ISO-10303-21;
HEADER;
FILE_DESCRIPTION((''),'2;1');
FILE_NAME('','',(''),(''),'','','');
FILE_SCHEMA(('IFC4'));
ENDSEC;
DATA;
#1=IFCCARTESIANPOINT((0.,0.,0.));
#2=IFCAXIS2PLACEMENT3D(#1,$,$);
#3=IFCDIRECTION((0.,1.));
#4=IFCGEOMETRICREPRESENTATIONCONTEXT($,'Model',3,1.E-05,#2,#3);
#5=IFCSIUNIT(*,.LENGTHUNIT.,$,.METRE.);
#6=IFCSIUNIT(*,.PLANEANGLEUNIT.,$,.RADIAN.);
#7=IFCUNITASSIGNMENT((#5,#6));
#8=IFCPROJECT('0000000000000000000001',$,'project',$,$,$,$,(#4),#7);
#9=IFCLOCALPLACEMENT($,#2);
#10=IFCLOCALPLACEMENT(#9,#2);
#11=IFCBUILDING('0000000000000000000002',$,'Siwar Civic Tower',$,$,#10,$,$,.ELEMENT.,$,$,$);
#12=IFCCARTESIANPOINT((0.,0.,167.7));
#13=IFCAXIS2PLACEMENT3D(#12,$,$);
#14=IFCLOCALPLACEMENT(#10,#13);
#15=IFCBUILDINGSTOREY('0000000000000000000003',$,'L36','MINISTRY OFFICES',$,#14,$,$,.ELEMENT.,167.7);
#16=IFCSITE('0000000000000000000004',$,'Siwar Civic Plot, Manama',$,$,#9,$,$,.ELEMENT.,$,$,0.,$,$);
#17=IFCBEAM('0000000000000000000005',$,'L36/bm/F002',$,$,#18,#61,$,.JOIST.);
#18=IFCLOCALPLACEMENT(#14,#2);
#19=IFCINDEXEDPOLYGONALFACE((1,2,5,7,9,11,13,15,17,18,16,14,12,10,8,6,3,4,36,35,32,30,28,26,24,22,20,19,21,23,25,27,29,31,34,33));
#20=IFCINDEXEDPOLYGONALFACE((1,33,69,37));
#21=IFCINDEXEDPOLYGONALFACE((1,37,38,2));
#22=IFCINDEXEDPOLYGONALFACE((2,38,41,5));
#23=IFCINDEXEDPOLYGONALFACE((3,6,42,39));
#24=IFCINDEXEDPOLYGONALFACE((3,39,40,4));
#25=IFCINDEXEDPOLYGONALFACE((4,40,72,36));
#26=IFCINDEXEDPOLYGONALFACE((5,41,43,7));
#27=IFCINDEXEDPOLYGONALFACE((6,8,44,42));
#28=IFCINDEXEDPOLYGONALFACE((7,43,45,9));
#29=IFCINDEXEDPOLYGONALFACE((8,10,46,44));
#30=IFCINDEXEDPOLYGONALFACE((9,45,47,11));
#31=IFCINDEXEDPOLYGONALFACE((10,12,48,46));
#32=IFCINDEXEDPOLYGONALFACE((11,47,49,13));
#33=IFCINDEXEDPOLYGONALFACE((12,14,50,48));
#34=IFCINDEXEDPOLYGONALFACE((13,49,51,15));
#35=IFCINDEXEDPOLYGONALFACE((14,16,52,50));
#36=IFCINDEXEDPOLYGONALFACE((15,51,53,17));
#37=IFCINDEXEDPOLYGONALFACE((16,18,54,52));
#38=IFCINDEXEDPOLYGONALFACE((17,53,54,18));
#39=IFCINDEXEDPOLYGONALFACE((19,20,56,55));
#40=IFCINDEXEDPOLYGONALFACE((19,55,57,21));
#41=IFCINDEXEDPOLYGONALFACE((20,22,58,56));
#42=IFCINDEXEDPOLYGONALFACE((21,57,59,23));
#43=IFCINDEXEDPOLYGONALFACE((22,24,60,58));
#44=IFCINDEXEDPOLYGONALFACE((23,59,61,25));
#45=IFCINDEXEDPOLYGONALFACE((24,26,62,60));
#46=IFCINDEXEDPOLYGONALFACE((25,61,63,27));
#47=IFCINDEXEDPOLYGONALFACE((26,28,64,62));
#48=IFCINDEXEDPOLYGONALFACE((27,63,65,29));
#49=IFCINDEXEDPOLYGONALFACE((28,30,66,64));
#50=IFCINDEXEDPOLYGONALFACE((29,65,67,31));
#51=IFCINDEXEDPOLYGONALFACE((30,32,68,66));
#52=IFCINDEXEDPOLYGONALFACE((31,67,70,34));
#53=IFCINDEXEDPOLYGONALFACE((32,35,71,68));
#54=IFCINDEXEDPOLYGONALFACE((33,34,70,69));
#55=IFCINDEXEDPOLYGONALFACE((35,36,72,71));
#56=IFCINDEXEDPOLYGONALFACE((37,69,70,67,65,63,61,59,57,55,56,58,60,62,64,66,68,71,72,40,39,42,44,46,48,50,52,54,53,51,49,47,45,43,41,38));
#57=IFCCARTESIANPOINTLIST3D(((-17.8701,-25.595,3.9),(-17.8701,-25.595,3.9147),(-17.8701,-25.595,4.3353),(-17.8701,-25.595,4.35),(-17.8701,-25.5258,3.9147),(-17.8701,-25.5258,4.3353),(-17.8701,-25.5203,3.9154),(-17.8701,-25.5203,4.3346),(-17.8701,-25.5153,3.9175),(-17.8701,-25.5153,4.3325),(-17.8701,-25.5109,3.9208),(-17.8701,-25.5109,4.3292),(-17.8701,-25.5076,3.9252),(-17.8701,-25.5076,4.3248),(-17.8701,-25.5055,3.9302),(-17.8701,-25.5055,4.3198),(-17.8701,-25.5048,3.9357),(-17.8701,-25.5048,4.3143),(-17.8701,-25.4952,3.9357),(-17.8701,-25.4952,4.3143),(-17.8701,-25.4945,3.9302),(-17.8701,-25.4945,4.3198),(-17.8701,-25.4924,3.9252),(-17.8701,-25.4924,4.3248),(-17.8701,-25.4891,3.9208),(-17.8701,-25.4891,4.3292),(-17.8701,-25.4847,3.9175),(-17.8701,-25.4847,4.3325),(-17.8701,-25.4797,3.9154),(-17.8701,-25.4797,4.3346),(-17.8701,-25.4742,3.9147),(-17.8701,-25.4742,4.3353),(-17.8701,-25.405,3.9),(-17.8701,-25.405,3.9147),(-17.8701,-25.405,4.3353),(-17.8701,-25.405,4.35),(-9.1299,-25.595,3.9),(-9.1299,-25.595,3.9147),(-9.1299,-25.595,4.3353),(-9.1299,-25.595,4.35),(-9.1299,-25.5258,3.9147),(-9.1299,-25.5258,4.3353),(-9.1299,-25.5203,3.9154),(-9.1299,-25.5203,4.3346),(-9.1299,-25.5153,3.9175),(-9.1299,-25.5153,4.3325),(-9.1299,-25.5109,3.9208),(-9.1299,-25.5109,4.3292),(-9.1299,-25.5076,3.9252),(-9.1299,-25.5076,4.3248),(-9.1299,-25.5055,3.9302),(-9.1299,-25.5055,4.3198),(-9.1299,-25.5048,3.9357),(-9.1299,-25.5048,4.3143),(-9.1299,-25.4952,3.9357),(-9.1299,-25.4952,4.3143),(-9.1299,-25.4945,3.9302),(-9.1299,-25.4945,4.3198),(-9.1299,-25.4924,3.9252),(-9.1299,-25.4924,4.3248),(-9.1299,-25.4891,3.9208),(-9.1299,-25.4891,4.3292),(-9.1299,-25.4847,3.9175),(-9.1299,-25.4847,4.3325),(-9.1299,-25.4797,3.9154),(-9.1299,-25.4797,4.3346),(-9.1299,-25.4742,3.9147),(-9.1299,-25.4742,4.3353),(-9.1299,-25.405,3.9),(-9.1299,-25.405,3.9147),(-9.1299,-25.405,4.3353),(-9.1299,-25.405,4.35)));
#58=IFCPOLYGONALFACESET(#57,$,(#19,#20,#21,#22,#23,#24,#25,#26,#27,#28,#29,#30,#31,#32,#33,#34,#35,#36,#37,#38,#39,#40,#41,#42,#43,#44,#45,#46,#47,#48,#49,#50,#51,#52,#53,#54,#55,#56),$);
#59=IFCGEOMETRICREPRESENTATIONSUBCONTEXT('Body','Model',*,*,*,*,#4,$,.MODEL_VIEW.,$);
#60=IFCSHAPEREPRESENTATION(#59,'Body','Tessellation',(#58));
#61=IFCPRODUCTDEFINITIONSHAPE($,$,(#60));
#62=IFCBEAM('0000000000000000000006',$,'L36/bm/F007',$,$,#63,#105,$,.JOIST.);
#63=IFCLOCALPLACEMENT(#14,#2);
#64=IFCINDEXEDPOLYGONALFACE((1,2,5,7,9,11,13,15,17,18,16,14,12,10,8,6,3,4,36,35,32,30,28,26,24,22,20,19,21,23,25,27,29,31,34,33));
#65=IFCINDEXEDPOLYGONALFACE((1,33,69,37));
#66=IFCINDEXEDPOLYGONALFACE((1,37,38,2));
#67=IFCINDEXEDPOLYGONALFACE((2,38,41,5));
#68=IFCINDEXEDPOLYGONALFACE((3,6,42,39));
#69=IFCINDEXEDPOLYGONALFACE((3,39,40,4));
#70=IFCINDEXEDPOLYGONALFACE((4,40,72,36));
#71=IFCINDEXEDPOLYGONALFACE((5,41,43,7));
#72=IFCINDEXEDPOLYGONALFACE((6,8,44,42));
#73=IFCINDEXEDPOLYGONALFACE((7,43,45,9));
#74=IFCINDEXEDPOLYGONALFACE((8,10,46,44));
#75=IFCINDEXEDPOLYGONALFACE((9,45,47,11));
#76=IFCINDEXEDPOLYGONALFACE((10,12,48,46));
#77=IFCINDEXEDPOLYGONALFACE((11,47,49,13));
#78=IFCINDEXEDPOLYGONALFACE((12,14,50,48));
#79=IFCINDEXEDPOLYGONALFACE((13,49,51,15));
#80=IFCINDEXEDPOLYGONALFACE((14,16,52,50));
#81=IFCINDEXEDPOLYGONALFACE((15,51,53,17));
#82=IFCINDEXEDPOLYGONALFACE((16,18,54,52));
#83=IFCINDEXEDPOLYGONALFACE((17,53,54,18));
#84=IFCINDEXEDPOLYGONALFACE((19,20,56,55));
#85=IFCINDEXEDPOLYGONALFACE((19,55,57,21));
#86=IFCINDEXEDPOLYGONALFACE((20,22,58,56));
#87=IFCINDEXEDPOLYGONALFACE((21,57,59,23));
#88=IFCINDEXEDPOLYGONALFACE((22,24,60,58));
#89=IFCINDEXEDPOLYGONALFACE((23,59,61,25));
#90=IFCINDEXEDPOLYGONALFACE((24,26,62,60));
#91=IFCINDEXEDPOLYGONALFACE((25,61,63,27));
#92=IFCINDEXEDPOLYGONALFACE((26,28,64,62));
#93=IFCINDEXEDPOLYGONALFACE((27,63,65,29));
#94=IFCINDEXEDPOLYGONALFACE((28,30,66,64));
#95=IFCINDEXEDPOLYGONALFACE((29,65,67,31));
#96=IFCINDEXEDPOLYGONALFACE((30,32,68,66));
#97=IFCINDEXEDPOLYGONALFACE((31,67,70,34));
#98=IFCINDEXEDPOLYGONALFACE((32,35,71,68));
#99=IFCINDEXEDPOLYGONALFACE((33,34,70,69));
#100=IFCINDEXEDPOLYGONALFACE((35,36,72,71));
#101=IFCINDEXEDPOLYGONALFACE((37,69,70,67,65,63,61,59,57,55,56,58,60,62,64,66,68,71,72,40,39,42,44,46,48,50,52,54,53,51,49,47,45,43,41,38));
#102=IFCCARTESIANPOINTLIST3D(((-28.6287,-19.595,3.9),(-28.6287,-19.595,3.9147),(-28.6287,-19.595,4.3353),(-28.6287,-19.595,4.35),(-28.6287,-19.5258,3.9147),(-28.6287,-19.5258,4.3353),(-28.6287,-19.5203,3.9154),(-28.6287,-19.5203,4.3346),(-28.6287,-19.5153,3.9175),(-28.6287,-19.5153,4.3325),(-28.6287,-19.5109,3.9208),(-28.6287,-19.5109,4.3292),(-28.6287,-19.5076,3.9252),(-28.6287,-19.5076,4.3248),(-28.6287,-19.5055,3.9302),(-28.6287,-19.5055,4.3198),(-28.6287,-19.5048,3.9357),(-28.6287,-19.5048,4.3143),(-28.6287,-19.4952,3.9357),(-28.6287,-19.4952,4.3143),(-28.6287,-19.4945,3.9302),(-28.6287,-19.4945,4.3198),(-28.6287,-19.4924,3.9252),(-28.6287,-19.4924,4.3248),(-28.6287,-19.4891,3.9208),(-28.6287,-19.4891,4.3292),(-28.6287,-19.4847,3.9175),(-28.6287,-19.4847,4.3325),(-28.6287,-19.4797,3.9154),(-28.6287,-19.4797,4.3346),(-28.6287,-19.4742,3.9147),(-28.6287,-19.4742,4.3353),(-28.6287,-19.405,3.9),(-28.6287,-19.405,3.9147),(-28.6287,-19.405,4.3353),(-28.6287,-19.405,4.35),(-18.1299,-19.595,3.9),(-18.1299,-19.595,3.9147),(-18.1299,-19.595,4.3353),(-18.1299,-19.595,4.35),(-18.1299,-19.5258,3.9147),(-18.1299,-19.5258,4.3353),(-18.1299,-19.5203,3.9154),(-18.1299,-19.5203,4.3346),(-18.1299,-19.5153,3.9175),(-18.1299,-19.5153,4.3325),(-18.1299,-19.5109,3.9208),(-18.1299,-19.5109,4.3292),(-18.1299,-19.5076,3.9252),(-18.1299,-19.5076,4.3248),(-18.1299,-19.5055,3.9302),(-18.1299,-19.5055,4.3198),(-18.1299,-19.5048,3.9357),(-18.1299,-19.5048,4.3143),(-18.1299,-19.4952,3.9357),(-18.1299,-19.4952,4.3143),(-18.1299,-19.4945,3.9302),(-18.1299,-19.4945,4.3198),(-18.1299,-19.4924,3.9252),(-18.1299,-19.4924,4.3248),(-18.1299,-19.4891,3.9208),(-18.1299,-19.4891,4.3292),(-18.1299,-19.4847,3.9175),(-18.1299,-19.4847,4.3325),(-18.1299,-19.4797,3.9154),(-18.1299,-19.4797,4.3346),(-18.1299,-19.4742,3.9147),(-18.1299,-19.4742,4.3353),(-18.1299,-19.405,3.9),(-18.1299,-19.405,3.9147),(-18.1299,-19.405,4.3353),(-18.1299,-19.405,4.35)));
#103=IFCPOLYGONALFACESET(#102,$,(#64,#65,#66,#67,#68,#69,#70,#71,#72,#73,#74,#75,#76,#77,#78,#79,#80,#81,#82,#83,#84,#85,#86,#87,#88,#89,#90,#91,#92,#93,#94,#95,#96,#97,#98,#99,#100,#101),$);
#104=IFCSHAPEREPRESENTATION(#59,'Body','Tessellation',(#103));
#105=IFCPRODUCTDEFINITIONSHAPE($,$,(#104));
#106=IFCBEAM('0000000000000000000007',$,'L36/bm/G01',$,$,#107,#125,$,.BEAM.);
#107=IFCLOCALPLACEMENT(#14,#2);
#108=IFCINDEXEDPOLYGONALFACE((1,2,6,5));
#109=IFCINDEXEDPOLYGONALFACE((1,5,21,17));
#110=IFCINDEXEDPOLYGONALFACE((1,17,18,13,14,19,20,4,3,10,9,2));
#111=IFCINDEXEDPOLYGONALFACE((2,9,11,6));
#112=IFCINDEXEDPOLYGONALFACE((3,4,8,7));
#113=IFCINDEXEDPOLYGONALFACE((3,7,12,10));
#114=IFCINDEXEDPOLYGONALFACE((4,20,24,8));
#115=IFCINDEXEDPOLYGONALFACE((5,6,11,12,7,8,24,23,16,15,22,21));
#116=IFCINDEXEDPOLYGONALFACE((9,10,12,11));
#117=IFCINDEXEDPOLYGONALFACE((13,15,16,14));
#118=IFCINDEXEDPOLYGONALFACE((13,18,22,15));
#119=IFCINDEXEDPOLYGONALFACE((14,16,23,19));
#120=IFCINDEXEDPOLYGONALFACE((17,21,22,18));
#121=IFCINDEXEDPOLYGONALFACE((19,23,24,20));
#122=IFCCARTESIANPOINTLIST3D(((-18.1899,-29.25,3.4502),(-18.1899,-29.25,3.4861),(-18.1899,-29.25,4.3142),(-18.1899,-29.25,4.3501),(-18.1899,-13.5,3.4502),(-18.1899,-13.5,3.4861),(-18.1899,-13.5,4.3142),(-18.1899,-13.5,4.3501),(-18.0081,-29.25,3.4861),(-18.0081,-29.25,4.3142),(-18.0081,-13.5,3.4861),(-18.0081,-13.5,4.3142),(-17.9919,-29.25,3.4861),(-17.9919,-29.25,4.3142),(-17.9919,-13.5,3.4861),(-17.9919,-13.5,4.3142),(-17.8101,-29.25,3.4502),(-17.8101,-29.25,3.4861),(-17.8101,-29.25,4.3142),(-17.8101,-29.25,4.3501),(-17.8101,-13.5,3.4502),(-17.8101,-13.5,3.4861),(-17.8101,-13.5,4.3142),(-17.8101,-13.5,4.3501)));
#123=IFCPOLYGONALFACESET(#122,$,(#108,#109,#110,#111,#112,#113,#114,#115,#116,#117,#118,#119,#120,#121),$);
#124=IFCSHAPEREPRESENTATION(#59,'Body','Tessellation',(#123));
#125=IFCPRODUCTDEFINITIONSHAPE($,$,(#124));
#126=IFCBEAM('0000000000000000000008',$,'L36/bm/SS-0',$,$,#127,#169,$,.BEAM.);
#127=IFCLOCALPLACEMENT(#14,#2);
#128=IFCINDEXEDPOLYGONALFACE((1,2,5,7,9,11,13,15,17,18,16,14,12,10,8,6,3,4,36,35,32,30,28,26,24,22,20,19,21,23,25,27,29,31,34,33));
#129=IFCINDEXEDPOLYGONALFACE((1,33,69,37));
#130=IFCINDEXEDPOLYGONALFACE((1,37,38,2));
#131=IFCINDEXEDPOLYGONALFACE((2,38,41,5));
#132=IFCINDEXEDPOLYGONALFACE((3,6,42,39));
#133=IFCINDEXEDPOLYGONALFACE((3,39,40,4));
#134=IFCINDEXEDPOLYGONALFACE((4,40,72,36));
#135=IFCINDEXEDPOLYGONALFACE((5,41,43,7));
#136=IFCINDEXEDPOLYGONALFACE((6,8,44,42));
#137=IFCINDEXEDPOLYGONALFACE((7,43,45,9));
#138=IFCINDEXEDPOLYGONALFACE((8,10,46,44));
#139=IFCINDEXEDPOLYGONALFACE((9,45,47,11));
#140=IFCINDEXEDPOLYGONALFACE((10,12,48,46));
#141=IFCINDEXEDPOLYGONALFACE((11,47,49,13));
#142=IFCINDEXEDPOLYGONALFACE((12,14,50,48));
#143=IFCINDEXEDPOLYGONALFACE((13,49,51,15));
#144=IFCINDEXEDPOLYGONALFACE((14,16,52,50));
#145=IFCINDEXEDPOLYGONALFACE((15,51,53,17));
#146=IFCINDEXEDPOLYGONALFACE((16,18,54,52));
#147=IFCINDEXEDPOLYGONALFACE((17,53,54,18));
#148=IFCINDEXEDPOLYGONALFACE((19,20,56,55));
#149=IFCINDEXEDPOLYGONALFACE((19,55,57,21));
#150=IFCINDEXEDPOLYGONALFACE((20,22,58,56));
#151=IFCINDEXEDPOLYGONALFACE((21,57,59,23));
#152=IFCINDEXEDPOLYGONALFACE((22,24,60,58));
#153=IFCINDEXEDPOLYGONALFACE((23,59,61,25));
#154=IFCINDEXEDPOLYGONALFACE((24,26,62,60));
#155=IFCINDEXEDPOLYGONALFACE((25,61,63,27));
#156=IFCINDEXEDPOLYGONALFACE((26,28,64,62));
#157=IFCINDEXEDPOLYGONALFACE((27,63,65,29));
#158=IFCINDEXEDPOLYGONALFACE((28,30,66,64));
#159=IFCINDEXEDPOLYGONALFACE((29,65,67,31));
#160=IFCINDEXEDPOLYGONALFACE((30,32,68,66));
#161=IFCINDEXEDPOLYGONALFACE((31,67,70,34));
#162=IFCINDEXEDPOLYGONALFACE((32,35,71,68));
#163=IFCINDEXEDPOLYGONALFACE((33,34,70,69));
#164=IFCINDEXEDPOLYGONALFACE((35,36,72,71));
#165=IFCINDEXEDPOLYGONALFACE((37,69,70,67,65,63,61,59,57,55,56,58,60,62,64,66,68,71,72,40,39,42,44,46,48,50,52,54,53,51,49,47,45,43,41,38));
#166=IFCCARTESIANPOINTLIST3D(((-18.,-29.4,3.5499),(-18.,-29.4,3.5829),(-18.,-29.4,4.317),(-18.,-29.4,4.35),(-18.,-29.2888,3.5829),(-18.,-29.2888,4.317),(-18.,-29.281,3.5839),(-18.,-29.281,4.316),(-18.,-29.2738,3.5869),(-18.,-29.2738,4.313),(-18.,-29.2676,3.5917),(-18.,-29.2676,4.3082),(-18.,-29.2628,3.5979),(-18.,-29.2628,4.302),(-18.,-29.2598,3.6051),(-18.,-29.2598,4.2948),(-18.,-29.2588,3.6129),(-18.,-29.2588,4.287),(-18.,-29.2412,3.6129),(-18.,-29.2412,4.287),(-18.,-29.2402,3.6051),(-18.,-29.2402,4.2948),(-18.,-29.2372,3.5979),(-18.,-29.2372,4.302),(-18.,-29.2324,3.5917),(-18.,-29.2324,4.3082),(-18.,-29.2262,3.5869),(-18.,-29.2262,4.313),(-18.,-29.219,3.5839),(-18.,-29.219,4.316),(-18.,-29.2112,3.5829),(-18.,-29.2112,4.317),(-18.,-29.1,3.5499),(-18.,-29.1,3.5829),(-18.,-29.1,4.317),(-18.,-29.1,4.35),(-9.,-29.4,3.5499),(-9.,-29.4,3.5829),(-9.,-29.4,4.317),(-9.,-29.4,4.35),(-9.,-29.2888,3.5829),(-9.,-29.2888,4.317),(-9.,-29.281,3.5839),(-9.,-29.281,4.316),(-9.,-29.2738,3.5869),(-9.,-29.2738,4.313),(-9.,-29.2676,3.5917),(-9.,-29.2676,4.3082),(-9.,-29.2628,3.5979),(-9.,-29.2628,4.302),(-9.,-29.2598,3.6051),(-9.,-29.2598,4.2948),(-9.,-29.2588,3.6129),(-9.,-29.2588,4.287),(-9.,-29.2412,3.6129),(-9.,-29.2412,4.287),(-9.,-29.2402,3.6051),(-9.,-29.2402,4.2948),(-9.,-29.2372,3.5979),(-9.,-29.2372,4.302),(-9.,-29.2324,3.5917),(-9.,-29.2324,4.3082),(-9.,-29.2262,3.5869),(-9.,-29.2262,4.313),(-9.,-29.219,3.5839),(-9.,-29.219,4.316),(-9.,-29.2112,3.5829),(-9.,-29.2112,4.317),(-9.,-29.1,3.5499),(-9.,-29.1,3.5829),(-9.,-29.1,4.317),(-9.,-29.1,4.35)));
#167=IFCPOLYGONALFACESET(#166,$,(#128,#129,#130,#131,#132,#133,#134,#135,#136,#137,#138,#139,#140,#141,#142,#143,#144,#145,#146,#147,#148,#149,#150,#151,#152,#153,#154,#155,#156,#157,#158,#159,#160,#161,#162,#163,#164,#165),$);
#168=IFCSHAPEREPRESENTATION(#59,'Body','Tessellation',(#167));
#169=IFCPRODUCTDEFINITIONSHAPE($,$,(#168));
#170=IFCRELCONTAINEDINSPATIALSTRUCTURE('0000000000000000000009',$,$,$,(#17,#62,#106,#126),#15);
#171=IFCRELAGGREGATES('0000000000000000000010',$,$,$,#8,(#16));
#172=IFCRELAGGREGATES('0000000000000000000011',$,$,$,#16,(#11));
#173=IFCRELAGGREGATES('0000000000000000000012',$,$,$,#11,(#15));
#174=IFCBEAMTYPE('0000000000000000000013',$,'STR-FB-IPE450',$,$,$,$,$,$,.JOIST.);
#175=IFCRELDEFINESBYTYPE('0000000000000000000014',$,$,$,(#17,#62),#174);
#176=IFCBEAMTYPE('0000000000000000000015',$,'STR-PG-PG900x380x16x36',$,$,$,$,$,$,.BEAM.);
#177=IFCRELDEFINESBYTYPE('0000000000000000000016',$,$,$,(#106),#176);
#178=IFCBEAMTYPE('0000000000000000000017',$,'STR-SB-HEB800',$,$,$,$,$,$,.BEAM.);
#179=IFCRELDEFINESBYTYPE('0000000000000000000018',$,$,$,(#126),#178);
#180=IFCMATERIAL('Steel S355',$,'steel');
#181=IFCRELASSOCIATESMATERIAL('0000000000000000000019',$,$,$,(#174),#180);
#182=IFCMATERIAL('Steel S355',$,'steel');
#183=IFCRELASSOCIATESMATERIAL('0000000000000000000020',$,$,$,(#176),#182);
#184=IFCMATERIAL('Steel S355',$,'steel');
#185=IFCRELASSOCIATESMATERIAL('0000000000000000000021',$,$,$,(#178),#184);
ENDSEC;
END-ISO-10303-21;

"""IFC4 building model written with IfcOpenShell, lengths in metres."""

from ifc_helpers import new_model, si_unit, direction, frame, origin, origin_2d, place, context, subcontext, project, spatial, i_section, extrude, material, material_profile, profile_set, type_object, element, save


model = new_model("IFC4")

# Units and contexts
model_context = context("Model", 3, precision=1e-05, world=origin(), true_north=direction((0.0, 1.0)))
body_context = subcontext(model_context, "Body", "Model", "MODEL_VIEW")
ifc_project = project(units=[si_unit("LENGTHUNIT", "METRE"), si_unit("PLANEANGLEUNIT", "RADIAN")], contexts=[model_context])

# Site, building, storey
site_placement = place(None, origin())
site = spatial("IfcSite", under=ifc_project, at=site_placement, Name="Siwar Civic Plot, Manama", CompositionType="ELEMENT", RefElevation=0.0)
building_placement = place(site_placement, origin())
building = spatial("IfcBuilding", under=site, at=building_placement, Name="Siwar Civic Tower", CompositionType="ELEMENT")
storey_placement = place(building_placement, frame((0.0, 0.0, 167.7)))
storey = spatial("IfcBuildingStorey", under=building, at=storey_placement, Name="L36", Description="MINISTRY OFFICES", CompositionType="ELEMENT", Elevation=167.7)

# Beams
ifc_material_1 = material(Name="Steel S355", Category="steel")
ifc_material_profile_1 = material_profile(ifc_material_1, i_section(OverallWidth=0.1899, OverallDepth=0.45, WebThickness=0.0095, FlangeThickness=0.0146, FilletRadius=0.021, at=origin_2d()), Name="IPE450")
ifc_profile_set_1 = profile_set([ifc_material_profile_1], Name="Steel S355")
beam_type_1 = type_object("IfcBeamType", Name="STR-FB-IPE450", PredefinedType="JOIST", material=ifc_profile_set_1)
beam_1_placement = place(storey_placement, frame((-17.8701, -25.5, 4.125), z_axis=(1.0, 0.0, 0.0), x_axis=(0.0, 1.0, 0.0)))
element("IfcBeam", 1, at=beam_1_placement, inside=storey, type_object=beam_type_1, Name="L36/bm/F002", PredefinedType="JOIST", context=body_context, shape_type="SweptSolid", body=[
    extrude(i_section(OverallWidth=0.1899, OverallDepth=0.45, WebThickness=0.0095, FlangeThickness=0.0146, FilletRadius=0.021, at=origin_2d()), origin(), (0.0, 0.0, 1.0), 8.7402),
])
beam_2_placement = place(storey_placement, frame((-28.6287, -19.5, 4.125), z_axis=(1.0, 0.0, 0.0), x_axis=(0.0, 1.0, 0.0)))
element("IfcBeam", 2, at=beam_2_placement, inside=storey, type_object=beam_type_1, Name="L36/bm/F007", PredefinedType="JOIST", context=body_context, shape_type="SweptSolid", body=[
    extrude(i_section(OverallWidth=0.1899, OverallDepth=0.45, WebThickness=0.0095, FlangeThickness=0.0146, FilletRadius=0.021, at=origin_2d()), origin(), (0.0, 0.0, 1.0), 10.4988),
])
ifc_material_2 = material(Name="Steel S355", Category="steel")
ifc_material_profile_2 = material_profile(ifc_material_2, i_section(OverallWidth=0.3799, OverallDepth=0.8999, WebThickness=0.0161, FlangeThickness=0.0359, at=origin_2d()), Name="PG900x380x16x36")
ifc_profile_set_2 = profile_set([ifc_material_profile_2], Name="Steel S355")
beam_type_2 = type_object("IfcBeamType", Name="STR-PG-PG900x380x16x36", PredefinedType="BEAM", material=ifc_profile_set_2)
beam_3_placement = place(storey_placement, frame((-18.0, -29.25, 3.9001), z_axis=(0.0, 1.0, 0.0), x_axis=(-1.0, 0.0, 0.0)))
element("IfcBeam", 3, at=beam_3_placement, inside=storey, type_object=beam_type_2, Name="L36/bm/G01", PredefinedType="BEAM", context=body_context, shape_type="SweptSolid", body=[
    extrude(i_section(OverallWidth=0.3799, OverallDepth=0.8999, WebThickness=0.0161, FlangeThickness=0.0359, at=origin_2d()), origin(), (0.0, 0.0, 1.0), 15.75),
])
ifc_material_3 = material(Name="Steel S355", Category="steel")
ifc_material_profile_3 = material_profile(ifc_material_3, i_section(OverallWidth=0.3, OverallDepth=0.8, WebThickness=0.0176, FlangeThickness=0.033, FilletRadius=0.03, at=origin_2d()), Name="HEB800")
ifc_profile_set_3 = profile_set([ifc_material_profile_3], Name="Steel S355")
beam_type_3 = type_object("IfcBeamType", Name="STR-SB-HEB800", PredefinedType="BEAM", material=ifc_profile_set_3)
beam_4_placement = place(storey_placement, frame((-18.0, -29.25, 3.95), z_axis=(1.0, 0.0, 0.0), x_axis=(0.0, 1.0, 0.0)))
element("IfcBeam", 4, at=beam_4_placement, inside=storey, type_object=beam_type_3, Name="L36/bm/SS-0", PredefinedType="BEAM", context=body_context, shape_type="SweptSolid", body=[
    extrude(i_section(OverallWidth=0.3, OverallDepth=0.8, WebThickness=0.0176, FlangeThickness=0.033, FilletRadius=0.03, at=origin_2d()), origin(), (0.0, 0.0, 1.0), 9.0),
])

save(model, "model.ifc")
